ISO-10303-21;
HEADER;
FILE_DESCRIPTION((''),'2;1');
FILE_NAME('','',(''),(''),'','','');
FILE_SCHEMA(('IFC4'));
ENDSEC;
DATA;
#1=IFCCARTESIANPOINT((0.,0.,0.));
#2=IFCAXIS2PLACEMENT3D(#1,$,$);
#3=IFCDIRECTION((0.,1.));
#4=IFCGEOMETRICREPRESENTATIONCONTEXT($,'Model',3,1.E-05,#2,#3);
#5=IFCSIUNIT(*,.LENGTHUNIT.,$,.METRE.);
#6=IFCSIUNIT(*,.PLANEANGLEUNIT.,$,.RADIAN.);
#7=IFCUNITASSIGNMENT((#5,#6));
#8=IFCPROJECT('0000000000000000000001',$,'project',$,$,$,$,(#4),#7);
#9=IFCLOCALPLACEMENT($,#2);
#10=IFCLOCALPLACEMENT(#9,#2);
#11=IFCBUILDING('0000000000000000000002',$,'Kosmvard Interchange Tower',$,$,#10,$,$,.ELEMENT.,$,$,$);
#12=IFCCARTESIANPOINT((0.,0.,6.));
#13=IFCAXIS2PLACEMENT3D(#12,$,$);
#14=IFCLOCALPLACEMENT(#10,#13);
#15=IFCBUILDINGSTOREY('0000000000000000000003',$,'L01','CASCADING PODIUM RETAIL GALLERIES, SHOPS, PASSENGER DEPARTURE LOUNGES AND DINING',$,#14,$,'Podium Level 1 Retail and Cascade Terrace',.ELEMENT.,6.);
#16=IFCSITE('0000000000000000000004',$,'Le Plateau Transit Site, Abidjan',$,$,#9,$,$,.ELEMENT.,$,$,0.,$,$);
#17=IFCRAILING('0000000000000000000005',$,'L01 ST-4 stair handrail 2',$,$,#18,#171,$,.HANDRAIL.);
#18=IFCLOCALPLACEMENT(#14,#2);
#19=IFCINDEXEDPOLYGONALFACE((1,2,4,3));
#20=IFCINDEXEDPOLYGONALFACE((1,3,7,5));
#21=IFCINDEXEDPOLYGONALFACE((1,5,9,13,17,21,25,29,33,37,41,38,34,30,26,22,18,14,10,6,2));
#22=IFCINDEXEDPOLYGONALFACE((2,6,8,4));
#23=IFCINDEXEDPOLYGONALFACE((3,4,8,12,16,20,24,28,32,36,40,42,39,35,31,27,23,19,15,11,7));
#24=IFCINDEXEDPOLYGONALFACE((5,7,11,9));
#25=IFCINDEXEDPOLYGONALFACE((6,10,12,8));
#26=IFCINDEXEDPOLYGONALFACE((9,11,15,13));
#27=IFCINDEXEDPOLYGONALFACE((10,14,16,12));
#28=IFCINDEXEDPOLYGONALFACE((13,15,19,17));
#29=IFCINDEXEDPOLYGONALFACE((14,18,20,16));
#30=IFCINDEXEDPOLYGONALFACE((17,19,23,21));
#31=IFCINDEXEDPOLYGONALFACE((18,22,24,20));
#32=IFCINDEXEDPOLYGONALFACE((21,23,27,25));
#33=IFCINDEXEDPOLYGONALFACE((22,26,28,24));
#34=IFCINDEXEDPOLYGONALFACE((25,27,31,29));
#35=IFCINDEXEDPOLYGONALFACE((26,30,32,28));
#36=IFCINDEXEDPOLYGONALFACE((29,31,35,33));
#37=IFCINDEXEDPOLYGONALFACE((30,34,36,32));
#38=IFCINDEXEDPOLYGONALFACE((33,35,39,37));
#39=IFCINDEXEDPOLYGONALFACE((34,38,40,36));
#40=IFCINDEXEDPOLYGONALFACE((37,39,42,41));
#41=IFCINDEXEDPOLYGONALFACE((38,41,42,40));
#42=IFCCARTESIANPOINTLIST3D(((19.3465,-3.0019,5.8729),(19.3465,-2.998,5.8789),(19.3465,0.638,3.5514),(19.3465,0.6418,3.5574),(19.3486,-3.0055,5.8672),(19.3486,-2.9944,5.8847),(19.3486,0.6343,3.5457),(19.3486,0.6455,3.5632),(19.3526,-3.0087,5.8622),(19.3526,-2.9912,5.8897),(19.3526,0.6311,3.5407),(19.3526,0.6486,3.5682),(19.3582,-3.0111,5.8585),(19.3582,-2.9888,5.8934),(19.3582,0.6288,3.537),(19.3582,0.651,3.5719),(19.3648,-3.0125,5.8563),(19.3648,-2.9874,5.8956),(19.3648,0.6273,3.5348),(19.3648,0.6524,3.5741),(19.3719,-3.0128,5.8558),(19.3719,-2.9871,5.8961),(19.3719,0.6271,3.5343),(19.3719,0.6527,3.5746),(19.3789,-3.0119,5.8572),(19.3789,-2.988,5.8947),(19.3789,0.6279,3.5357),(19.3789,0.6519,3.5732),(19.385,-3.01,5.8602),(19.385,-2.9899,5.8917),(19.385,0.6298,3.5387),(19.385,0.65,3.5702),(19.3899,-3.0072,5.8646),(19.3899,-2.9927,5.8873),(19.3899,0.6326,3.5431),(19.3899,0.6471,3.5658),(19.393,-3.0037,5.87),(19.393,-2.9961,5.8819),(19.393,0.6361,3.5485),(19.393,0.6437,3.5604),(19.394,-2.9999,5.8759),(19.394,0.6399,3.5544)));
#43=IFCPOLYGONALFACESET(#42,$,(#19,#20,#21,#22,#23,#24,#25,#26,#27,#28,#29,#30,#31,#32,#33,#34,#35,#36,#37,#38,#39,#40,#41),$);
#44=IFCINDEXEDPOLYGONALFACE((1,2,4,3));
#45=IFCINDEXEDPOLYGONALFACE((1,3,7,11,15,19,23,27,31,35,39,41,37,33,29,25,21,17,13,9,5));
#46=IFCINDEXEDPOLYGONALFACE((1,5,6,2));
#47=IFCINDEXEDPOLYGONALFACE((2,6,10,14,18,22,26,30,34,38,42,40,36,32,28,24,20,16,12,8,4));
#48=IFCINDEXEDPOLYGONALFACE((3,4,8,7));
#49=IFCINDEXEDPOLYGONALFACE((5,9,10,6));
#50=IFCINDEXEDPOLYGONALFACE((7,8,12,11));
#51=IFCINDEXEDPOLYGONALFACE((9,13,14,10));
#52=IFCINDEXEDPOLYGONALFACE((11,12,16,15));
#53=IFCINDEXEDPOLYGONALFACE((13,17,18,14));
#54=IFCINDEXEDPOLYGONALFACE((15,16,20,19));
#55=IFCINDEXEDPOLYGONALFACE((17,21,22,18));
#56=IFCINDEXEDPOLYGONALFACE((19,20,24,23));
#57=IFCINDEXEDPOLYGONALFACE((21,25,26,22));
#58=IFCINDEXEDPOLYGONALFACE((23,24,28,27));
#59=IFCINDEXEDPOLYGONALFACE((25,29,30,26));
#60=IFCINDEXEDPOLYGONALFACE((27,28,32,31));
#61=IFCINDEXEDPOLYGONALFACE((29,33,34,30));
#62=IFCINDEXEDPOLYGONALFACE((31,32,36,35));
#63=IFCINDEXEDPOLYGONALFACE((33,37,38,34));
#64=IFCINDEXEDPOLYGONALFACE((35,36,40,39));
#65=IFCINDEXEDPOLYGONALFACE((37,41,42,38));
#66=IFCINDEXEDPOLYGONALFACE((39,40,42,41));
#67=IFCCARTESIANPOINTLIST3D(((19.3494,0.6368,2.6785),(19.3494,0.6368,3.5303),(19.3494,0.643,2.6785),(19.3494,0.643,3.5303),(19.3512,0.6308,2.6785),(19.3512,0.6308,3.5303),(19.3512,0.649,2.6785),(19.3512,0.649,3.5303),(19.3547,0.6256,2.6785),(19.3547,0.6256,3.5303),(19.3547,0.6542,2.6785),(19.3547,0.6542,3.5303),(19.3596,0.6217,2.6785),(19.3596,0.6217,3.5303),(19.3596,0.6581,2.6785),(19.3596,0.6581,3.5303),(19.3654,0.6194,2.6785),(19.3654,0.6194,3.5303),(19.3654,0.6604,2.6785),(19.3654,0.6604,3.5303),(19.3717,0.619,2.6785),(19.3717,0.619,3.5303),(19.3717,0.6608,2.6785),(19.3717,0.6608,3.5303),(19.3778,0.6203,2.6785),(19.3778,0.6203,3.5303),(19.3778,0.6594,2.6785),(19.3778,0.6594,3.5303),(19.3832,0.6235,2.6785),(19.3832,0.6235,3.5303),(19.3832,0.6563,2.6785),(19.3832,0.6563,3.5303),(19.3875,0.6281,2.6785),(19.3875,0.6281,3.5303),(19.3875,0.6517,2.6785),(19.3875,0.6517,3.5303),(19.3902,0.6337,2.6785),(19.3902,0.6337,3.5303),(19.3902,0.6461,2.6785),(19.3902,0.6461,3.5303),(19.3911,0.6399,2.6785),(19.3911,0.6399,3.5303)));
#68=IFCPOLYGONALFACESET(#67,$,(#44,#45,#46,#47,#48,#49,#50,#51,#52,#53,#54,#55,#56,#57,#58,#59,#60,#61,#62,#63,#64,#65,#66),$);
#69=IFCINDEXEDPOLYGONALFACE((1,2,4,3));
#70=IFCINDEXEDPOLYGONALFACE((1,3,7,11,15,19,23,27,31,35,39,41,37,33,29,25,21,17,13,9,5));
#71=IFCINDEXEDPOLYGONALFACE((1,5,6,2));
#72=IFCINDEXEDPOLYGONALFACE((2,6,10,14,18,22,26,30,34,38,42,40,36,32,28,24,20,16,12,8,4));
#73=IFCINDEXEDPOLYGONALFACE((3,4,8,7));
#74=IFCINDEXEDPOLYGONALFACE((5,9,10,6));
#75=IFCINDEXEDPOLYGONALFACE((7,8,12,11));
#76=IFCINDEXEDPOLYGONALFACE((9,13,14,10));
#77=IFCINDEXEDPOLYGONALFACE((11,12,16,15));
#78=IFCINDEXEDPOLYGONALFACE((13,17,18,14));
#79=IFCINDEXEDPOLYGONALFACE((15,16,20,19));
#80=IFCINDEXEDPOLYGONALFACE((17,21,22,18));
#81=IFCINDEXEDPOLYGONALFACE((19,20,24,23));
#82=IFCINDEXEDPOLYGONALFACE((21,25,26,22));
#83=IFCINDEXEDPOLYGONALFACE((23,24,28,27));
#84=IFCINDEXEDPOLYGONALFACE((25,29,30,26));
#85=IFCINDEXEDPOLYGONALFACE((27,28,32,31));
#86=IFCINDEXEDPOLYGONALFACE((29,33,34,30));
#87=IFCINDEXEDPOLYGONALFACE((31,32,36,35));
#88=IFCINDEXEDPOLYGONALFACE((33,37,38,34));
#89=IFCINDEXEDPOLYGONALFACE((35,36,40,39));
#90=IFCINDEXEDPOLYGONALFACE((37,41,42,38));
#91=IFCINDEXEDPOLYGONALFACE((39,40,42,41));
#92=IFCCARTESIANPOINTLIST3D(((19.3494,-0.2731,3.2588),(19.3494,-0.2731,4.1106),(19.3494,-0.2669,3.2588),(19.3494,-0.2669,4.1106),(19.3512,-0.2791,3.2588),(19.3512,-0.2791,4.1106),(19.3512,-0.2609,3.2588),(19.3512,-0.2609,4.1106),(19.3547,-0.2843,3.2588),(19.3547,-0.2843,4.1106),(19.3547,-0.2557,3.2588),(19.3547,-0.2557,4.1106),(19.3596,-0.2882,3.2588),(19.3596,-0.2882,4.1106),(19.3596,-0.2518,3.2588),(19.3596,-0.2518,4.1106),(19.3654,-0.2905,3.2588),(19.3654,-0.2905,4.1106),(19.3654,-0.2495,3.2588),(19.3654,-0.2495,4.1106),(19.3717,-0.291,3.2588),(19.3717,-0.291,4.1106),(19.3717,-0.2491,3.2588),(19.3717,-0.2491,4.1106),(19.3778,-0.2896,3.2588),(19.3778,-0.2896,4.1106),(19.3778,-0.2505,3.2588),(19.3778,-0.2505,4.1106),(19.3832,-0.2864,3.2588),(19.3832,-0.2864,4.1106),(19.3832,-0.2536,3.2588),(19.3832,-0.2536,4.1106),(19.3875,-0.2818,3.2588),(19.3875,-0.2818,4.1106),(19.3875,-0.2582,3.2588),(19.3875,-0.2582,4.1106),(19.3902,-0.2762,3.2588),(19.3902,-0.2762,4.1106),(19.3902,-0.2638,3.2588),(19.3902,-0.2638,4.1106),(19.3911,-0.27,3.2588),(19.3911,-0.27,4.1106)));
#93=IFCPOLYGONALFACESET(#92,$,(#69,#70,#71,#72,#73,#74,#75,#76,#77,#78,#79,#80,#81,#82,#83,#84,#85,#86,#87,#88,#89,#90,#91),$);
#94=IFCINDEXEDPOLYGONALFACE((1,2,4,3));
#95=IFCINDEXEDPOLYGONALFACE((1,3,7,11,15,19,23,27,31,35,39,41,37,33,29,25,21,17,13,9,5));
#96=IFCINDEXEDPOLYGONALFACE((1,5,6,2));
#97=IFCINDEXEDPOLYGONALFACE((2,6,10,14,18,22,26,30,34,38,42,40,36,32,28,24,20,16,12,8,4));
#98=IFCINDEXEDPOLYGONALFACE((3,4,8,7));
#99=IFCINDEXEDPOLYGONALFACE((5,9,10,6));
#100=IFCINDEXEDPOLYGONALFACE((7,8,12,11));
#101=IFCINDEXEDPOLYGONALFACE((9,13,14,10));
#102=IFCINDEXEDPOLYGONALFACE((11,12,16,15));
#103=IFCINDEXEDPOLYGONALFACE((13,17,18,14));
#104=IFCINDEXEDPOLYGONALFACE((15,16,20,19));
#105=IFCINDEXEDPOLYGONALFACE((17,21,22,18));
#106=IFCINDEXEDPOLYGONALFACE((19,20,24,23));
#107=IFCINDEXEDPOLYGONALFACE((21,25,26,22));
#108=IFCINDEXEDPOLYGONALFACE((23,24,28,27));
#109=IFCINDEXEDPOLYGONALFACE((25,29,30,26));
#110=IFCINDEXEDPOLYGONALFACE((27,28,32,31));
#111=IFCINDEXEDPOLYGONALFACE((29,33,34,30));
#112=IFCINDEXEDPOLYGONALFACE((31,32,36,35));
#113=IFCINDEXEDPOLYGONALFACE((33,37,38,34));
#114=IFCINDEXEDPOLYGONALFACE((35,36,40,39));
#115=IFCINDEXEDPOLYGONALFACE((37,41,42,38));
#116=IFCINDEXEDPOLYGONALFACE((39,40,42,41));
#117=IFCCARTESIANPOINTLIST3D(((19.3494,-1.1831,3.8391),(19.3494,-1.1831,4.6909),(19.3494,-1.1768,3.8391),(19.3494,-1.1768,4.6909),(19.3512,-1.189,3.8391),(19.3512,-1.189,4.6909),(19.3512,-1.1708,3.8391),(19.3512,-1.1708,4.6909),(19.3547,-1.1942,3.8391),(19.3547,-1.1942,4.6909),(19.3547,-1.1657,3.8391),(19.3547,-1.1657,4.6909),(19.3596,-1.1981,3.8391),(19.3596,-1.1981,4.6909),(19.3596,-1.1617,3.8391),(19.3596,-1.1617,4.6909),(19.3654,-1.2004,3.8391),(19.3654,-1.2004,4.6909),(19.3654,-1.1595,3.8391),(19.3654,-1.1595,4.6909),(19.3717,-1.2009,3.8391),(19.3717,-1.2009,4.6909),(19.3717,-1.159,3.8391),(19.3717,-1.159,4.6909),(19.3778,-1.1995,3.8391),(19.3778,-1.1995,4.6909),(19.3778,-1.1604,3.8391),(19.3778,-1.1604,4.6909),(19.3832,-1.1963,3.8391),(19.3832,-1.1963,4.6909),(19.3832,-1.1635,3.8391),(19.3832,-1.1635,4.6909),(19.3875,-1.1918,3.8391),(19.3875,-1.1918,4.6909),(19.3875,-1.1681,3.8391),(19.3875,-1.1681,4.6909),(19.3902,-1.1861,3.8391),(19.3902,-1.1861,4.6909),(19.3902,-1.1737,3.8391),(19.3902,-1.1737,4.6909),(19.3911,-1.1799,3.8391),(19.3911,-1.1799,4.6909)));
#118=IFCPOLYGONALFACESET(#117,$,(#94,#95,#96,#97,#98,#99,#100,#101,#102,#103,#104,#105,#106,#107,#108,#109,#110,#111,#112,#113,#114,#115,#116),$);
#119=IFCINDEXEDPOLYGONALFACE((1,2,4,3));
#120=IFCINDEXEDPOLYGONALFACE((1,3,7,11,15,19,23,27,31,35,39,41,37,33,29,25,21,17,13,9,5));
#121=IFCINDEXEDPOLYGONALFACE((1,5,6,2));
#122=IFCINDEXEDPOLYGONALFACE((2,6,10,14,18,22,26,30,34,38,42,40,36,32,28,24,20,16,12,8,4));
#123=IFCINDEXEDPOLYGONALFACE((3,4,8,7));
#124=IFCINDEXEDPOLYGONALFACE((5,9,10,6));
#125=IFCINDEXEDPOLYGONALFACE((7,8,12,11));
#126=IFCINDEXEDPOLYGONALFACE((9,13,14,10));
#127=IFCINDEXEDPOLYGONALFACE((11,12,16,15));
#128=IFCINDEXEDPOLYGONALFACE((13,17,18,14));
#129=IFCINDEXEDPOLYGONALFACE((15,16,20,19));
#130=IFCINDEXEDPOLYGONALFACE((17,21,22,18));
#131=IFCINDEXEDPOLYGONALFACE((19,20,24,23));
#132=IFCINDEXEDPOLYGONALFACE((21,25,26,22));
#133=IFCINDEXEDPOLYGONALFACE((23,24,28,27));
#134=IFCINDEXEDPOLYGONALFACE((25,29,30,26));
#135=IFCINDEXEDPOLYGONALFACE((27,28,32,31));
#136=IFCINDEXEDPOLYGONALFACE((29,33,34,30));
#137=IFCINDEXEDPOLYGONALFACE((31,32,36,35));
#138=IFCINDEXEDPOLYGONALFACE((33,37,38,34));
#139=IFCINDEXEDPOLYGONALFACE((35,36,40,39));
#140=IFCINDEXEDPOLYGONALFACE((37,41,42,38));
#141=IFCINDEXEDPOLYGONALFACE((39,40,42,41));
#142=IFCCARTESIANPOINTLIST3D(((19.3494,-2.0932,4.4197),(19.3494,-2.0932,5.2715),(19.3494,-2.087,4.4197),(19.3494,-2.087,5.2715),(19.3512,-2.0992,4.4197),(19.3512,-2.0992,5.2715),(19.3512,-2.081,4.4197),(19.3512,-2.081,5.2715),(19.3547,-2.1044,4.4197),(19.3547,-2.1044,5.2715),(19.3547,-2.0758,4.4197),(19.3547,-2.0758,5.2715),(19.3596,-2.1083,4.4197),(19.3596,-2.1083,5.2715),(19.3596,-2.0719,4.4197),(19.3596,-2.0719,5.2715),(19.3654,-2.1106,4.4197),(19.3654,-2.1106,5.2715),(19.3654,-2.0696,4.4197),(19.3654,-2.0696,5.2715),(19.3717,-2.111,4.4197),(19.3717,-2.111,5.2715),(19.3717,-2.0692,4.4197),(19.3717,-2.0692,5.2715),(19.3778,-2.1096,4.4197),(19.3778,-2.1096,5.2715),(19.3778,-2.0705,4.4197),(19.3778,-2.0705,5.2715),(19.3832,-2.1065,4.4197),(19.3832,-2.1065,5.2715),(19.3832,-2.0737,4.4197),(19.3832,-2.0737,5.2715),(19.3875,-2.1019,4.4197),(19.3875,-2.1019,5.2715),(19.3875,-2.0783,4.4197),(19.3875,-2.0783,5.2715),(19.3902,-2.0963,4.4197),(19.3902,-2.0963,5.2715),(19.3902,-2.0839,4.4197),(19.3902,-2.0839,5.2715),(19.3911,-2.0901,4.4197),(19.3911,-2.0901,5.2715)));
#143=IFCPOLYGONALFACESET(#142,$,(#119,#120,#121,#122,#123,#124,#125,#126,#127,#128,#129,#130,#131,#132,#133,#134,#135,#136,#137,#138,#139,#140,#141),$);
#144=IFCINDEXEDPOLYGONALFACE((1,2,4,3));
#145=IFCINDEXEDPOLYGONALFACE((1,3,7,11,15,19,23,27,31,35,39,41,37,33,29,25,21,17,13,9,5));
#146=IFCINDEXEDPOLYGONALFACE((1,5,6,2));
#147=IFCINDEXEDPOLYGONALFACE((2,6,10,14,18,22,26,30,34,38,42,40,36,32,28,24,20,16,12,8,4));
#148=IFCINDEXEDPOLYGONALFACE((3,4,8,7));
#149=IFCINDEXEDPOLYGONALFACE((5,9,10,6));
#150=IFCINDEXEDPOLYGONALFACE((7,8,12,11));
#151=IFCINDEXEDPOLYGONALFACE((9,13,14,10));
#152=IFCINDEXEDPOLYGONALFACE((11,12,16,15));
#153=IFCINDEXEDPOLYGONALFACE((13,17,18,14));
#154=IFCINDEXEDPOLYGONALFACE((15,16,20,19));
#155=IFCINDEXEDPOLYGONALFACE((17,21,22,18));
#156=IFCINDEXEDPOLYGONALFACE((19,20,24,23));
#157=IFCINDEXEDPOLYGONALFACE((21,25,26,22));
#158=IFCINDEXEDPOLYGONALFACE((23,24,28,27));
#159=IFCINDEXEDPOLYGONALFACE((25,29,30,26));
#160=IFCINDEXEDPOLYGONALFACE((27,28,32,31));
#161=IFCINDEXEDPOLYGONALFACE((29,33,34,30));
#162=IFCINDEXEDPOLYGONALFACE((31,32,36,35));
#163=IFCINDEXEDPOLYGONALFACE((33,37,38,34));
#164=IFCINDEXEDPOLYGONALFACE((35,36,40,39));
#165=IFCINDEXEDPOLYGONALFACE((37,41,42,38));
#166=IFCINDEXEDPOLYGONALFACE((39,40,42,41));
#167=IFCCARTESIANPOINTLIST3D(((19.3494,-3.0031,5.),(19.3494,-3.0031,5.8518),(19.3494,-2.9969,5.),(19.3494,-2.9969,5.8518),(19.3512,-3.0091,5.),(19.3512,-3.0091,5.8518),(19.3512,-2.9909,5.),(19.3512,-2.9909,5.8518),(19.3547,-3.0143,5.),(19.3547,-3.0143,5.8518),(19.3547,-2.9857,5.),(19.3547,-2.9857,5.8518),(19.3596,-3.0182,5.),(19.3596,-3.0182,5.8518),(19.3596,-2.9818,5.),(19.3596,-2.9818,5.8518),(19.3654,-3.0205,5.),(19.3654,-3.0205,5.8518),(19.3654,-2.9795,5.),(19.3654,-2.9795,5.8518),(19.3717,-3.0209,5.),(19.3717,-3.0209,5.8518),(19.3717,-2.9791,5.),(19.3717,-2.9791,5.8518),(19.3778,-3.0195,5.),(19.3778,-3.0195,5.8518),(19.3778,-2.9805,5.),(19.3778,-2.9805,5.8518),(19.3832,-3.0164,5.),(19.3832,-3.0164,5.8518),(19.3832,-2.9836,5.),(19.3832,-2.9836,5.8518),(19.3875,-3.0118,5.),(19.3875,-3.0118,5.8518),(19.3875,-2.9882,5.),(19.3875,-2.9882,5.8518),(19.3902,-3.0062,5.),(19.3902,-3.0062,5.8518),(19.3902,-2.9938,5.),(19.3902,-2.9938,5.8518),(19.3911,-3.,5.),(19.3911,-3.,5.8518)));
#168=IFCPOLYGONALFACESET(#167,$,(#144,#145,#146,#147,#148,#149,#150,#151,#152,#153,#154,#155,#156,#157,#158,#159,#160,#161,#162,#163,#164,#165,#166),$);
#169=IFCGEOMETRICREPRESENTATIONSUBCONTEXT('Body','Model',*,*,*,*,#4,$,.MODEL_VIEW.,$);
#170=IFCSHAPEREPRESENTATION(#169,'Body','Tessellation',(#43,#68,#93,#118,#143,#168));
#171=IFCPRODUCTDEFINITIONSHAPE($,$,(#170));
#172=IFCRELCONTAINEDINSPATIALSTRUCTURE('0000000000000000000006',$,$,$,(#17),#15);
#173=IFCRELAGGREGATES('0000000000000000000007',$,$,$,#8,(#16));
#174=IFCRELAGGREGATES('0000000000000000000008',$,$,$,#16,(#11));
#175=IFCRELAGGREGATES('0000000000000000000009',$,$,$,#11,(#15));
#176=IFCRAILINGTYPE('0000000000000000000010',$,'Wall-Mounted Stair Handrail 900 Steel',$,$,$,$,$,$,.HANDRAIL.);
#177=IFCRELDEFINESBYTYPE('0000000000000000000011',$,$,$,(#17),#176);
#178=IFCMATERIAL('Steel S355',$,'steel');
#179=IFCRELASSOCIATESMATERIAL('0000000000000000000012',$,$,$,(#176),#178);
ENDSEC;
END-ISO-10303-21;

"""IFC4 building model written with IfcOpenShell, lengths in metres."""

from ifc_helpers import new_model, si_unit, direction, frame, origin, origin_2d, place, context, subcontext, project, spatial, circle, extrude, source, transform, mapped, material, type_object, element, save


model = new_model("IFC4")

# Units and contexts
model_context = context("Model", 3, precision=1e-05, world=origin(), true_north=direction((0.0, 1.0)))
body_context = subcontext(model_context, "Body", "Model", "MODEL_VIEW")
ifc_project = project(units=[si_unit("LENGTHUNIT", "METRE"), si_unit("PLANEANGLEUNIT", "RADIAN")], contexts=[model_context])

# Site, building, storey
site_placement = place(None, origin())
site = spatial("IfcSite", under=ifc_project, at=site_placement, Name="Le Plateau Transit Site, Abidjan", CompositionType="ELEMENT", RefElevation=0.0)
building_placement = place(site_placement, origin())
building = spatial("IfcBuilding", under=site, at=building_placement, Name="Kosmvard Interchange Tower", CompositionType="ELEMENT")
storey_placement = place(building_placement, frame((0.0, 0.0, 6.0)))
storey = spatial("IfcBuildingStorey", under=building, at=storey_placement, Name="L01", Description="CASCADING PODIUM RETAIL GALLERIES, SHOPS, PASSENGER DEPARTURE LOUNGES AND DINING", LongName="Podium Level 1 Retail and Cascade Terrace", CompositionType="ELEMENT", Elevation=6.0)

# Shared definitions
ifc_material_1 = material(Name="Steel S355", Category="steel")

# Railing
railing_type_1 = type_object("IfcRailingType", Name="Wall-Mounted Stair Handrail 900 Steel", PredefinedType="HANDRAIL", material=ifc_material_1)
shared_shape_1 = source(origin(), body_context, "Body", "SweptSolid", [
    extrude(circle(Radius=0.0239, at=origin_2d()), frame((0.0, 0.0, 0.876), z_axis=(0.0, -0.843112, 0.537739), x_axis=(1.0, 0.0, 0.0)), (0.0, 0.0, 1.0), 4.3171),
    extrude(circle(Radius=0.021, at=origin_2d()), origin(), (0.0, 0.0, 1.0), 0.8518),
    extrude(circle(Radius=0.021, at=origin_2d()), frame((0.0, -0.9099, 0.5803)), (0.0, 0.0, 1.0), 0.8518),
    extrude(circle(Radius=0.021, at=origin_2d()), frame((0.0, -1.8198, 1.1606)), (0.0, 0.0, 1.0), 0.8518),
    extrude(circle(Radius=0.021, at=origin_2d()), frame((0.0, -2.73, 1.7412)), (0.0, 0.0, 1.0), 0.8518),
    extrude(circle(Radius=0.021, at=origin_2d()), frame((0.0, -3.6399, 2.3215)), (0.0, 0.0, 1.0), 0.8518),
])
railing_1_placement = place(storey_placement, frame((19.3701, 0.6399, 2.6785)))
element("IfcRailing", 1, at=railing_1_placement, inside=storey, type_object=railing_type_1, Name="L01 ST-4 stair handrail 2", PredefinedType="HANDRAIL", context=body_context, shape_type="MappedRepresentation", body=[
    mapped(shared_shape_1, transform((0.0, 0.0, 0.0), scale=1.0)),
])

save(model, "model.ifc")
